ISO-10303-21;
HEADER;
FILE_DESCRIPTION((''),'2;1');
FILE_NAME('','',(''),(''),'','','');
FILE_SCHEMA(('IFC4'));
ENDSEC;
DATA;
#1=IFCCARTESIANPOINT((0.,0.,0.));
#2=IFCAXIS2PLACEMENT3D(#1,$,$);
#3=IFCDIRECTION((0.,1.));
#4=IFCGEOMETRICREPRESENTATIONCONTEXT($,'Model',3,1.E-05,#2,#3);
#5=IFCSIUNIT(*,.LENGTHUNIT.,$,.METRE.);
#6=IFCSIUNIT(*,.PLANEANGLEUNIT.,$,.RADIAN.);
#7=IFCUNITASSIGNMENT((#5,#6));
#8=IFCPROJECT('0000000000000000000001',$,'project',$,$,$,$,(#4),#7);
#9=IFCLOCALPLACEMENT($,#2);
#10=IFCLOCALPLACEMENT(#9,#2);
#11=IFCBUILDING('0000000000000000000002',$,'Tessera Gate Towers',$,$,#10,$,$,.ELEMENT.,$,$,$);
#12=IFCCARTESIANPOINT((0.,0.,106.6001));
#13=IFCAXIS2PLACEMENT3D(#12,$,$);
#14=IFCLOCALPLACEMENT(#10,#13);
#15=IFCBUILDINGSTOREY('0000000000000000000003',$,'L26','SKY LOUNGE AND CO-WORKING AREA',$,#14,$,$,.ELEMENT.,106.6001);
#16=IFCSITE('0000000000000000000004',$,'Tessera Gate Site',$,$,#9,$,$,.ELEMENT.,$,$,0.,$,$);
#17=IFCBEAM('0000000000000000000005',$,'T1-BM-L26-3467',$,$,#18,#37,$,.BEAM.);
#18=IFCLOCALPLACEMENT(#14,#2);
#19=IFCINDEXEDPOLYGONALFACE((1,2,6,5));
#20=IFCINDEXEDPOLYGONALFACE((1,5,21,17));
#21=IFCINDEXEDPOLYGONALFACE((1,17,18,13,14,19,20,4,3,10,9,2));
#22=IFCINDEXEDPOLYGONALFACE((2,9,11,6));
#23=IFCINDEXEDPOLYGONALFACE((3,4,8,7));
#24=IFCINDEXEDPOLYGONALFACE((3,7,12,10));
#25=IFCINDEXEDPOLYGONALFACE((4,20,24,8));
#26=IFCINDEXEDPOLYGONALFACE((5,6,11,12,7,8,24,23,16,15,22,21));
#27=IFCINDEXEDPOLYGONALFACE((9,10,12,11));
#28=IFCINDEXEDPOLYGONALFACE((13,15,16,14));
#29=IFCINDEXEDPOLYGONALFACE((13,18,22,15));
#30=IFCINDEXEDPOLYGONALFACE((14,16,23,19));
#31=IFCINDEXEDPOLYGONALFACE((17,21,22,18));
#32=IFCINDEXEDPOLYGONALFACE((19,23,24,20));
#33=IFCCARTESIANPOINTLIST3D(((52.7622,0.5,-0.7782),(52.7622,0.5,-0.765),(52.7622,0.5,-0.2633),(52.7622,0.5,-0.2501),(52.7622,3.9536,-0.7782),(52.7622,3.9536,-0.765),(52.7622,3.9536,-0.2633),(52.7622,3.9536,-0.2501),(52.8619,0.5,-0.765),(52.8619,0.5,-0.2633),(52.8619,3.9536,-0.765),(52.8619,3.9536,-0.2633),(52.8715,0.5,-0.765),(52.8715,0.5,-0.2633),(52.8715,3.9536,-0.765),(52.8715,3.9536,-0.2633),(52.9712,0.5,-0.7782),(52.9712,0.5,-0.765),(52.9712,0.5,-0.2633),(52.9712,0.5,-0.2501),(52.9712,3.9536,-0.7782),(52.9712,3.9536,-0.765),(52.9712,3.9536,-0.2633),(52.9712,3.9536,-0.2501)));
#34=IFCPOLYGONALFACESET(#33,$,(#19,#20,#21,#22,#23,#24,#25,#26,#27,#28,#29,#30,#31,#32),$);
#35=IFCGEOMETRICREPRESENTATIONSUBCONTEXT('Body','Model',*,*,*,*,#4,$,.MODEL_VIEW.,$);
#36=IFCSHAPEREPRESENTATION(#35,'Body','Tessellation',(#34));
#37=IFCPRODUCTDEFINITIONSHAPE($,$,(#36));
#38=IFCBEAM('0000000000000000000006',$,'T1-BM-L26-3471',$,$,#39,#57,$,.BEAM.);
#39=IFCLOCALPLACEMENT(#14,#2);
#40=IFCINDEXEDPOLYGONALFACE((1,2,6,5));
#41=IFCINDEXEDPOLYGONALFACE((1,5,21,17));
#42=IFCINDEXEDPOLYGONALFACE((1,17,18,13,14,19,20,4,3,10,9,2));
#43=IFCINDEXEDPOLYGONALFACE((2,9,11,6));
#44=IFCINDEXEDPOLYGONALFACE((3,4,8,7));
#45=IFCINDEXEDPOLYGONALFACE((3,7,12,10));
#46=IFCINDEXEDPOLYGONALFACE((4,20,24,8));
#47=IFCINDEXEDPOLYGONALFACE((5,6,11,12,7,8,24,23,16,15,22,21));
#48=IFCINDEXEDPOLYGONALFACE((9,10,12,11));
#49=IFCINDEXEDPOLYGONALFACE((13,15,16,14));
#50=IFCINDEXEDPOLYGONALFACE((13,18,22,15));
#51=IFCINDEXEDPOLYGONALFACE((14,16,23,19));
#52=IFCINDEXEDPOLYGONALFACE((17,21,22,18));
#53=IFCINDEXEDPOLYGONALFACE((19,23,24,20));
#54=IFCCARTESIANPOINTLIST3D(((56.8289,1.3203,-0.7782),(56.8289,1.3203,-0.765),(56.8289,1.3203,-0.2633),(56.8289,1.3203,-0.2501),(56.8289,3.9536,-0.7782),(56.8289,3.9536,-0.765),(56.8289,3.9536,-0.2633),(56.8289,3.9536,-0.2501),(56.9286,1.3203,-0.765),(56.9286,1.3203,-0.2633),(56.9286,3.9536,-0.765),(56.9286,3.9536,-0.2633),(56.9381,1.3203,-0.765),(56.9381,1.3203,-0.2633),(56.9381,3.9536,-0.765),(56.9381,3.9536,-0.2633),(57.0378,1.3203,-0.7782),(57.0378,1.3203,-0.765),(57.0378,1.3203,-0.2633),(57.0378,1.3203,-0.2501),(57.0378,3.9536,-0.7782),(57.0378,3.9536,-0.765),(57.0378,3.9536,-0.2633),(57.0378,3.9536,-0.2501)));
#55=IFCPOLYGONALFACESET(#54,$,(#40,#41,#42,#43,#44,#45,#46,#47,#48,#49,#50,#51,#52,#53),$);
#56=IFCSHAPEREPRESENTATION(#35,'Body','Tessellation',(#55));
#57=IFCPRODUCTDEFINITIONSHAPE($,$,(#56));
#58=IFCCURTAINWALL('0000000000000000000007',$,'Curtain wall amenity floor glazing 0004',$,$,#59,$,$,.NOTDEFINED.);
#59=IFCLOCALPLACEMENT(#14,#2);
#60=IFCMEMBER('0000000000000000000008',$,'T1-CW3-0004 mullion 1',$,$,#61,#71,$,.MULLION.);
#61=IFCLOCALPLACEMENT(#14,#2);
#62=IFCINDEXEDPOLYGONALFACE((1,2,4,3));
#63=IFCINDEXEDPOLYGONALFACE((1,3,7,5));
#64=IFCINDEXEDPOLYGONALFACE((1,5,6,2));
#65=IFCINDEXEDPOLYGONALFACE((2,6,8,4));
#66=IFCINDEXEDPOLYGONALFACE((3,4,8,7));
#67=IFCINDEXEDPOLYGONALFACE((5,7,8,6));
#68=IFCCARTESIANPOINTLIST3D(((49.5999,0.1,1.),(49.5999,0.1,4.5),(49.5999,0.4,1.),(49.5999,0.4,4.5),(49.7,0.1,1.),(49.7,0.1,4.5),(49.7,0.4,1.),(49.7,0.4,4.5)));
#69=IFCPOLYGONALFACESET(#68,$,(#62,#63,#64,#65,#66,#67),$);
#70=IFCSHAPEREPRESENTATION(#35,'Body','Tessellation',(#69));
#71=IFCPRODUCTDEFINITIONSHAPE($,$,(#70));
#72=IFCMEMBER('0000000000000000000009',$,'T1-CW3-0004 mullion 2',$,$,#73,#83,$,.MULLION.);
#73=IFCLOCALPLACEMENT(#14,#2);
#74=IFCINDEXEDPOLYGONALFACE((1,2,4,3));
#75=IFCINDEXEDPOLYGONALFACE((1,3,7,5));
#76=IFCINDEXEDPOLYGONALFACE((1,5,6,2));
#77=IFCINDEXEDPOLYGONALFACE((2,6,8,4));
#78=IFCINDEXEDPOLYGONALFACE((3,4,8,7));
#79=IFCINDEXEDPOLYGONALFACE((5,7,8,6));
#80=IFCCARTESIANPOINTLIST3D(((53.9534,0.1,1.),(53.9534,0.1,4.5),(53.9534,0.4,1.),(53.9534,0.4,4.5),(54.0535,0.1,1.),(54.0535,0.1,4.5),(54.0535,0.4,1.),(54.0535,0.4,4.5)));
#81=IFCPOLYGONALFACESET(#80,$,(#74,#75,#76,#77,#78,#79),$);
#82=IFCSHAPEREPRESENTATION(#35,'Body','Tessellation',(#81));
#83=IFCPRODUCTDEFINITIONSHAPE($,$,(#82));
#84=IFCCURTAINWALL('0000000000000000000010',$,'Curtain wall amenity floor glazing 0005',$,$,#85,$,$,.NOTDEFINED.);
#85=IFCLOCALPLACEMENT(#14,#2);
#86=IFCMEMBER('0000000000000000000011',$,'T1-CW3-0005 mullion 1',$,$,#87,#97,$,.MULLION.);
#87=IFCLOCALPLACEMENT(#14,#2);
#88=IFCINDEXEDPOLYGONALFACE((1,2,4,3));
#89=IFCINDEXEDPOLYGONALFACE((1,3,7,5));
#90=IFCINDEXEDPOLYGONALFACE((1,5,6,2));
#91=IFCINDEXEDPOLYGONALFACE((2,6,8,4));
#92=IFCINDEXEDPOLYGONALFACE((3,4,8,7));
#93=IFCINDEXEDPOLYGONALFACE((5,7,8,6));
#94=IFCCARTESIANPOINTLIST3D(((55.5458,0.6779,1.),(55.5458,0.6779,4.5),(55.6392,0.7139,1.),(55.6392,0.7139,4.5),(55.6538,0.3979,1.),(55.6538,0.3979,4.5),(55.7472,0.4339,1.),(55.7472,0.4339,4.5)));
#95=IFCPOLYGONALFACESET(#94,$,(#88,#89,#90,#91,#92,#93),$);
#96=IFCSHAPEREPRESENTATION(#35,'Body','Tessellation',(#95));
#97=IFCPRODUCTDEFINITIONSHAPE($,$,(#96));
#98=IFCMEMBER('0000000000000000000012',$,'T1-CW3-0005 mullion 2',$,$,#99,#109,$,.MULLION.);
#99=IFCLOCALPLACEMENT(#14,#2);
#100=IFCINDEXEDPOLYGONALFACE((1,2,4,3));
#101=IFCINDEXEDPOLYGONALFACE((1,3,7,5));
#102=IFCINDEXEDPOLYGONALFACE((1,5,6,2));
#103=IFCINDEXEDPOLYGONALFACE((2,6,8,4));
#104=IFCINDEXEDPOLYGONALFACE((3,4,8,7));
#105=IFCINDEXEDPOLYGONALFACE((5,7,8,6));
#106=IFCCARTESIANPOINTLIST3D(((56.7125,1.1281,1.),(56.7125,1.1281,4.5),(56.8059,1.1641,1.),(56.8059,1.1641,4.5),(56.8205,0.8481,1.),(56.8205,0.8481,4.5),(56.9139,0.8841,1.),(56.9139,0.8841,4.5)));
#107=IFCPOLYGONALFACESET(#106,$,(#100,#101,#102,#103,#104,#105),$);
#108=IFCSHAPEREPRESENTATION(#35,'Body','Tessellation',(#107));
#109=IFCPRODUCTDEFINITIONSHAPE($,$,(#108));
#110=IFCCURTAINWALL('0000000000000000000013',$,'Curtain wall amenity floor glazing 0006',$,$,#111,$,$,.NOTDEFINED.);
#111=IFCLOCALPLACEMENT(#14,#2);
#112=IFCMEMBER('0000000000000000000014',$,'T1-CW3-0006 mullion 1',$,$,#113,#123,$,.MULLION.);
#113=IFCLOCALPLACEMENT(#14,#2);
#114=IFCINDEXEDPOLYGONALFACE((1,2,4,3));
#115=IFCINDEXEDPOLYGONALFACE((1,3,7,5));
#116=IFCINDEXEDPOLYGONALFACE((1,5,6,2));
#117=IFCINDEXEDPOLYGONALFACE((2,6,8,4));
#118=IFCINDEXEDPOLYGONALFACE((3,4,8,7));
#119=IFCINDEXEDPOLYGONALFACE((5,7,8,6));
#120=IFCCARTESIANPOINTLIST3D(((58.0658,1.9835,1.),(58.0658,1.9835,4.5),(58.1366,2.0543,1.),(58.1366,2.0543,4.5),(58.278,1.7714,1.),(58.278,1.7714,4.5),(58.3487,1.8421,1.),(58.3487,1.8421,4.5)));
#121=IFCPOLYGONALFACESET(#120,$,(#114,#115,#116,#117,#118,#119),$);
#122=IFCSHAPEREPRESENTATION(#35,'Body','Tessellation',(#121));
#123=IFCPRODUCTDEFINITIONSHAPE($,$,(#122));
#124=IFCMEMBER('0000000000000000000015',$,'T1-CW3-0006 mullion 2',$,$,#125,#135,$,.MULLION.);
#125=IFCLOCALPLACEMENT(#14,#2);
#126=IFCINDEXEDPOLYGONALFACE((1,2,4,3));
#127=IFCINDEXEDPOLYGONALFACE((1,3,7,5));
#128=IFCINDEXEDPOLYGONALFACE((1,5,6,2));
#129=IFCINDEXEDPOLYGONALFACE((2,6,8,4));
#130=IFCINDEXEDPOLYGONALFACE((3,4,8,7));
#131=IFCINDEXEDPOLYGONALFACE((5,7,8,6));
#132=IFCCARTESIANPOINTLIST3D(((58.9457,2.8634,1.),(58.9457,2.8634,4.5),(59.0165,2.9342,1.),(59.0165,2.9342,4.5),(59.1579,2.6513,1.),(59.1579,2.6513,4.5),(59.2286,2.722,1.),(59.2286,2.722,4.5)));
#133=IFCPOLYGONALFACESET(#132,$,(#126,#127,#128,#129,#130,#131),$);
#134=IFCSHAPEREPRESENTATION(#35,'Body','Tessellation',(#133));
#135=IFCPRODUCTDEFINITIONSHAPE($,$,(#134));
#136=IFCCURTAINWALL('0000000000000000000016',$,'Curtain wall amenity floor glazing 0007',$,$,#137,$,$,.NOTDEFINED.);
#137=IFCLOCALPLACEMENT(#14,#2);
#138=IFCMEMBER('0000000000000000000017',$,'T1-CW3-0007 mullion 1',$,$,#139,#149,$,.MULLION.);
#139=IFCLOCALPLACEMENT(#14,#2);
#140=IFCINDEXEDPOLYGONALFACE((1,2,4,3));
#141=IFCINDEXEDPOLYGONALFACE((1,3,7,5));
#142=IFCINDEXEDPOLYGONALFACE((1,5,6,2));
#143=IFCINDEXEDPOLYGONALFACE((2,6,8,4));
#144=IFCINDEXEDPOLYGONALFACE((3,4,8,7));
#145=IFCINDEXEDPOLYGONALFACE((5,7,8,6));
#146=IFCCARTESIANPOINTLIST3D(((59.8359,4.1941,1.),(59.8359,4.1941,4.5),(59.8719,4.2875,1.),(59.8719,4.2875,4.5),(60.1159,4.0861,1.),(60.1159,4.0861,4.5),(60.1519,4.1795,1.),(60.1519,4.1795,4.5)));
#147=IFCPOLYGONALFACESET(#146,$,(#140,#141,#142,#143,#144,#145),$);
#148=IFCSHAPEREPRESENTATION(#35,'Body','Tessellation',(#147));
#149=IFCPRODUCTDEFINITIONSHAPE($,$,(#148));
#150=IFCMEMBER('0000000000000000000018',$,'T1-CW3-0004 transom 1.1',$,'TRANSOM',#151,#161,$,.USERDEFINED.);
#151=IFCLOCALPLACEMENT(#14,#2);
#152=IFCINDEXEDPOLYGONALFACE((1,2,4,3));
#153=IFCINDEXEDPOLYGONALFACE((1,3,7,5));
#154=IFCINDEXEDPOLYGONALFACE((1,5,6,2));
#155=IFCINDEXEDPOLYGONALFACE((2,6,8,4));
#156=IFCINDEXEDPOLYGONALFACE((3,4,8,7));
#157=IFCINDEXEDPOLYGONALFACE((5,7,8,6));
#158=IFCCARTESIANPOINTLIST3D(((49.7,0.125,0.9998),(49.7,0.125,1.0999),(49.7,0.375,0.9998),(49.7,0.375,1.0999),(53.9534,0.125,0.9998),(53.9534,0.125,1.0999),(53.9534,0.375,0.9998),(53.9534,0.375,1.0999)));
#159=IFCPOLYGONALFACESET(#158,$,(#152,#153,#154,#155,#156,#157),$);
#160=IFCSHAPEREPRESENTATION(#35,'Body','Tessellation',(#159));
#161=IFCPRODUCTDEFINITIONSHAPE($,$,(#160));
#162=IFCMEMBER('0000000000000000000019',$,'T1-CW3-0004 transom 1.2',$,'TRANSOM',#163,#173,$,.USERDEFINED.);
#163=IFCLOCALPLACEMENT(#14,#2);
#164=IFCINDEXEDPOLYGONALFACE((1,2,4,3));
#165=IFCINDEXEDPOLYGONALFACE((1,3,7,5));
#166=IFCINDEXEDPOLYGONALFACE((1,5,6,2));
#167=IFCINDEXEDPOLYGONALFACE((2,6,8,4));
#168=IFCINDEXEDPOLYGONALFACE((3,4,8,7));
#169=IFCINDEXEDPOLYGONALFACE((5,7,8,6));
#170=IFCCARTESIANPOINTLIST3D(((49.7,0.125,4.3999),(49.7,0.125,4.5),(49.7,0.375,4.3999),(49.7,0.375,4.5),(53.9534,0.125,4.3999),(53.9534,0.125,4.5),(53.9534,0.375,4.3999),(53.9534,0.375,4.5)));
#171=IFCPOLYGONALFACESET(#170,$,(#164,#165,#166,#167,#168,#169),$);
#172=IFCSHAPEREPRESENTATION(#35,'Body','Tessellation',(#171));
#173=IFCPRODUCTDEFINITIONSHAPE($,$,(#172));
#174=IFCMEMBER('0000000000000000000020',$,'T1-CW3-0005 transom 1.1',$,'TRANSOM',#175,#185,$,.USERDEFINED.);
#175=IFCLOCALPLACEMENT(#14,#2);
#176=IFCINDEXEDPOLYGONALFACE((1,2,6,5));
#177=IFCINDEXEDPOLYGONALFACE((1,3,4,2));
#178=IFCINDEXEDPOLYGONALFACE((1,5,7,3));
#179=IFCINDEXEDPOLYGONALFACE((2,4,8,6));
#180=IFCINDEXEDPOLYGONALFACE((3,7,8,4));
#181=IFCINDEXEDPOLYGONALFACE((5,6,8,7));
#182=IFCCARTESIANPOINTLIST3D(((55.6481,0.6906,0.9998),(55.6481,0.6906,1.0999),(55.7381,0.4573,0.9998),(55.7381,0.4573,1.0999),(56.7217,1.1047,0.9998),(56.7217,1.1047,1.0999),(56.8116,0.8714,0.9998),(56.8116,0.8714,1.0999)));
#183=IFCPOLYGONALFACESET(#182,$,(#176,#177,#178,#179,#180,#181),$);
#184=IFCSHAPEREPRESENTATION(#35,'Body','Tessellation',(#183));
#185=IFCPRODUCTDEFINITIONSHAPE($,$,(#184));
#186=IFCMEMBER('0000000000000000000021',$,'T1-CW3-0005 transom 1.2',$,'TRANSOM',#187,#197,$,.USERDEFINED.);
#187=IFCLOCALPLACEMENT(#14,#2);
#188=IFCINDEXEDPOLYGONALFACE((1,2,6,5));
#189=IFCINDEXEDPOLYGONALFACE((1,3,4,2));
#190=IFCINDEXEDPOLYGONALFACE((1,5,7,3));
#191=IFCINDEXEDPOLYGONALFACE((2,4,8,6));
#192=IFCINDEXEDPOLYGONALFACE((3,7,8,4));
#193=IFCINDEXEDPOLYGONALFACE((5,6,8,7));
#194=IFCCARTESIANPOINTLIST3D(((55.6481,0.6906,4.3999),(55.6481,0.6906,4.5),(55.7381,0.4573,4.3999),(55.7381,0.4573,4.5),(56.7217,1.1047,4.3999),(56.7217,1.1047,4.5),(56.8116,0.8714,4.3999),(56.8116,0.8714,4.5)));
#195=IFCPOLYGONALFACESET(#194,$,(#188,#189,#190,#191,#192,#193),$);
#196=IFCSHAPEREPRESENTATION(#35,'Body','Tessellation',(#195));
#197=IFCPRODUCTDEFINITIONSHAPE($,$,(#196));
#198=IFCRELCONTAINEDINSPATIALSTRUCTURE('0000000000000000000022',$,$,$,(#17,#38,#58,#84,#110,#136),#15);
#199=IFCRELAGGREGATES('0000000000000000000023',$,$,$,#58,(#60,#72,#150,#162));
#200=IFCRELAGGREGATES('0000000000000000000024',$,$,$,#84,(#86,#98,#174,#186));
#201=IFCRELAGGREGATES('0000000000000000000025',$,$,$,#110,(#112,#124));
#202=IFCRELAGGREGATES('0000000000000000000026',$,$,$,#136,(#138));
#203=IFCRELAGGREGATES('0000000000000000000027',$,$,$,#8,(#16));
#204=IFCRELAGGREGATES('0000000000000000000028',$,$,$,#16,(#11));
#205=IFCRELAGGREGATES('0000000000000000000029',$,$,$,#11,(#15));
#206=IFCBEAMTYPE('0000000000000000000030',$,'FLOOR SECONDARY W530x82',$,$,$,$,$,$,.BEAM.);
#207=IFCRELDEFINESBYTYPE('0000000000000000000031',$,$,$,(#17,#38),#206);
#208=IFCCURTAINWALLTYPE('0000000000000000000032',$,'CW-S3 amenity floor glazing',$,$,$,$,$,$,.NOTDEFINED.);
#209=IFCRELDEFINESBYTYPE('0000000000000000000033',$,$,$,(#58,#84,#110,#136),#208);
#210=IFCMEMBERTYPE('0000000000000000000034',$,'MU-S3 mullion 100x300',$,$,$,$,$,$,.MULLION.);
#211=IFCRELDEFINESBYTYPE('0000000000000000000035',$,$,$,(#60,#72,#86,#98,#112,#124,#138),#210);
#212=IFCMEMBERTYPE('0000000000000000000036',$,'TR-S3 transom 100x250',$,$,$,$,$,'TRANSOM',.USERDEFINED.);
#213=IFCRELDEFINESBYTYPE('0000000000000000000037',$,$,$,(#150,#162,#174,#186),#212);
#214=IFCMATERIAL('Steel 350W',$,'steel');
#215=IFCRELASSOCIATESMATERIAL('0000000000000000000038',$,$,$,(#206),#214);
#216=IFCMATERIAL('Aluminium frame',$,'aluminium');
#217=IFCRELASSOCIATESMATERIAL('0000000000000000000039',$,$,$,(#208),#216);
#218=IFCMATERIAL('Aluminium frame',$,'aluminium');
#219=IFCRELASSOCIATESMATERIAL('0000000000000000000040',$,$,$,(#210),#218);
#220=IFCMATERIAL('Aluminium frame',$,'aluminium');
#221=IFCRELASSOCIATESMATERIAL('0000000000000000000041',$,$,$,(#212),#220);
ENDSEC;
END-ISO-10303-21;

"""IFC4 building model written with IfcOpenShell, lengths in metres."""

from ifc_helpers import new_model, si_unit, direction, frame, origin, origin_2d, place, context, subcontext, project, spatial, rectangle, i_section, extrude, material, material_profile, profile_set, type_object, element, aggregate, save


model = new_model("IFC4")

# Units and contexts
model_context = context("Model", 3, precision=1e-05, world=origin(), true_north=direction((0.0, 1.0)))
body_context = subcontext(model_context, "Body", "Model", "MODEL_VIEW")
ifc_project = project(units=[si_unit("LENGTHUNIT", "METRE"), si_unit("PLANEANGLEUNIT", "RADIAN")], contexts=[model_context])

# Site, building, storey
site_placement = place(None, origin())
site = spatial("IfcSite", under=ifc_project, at=site_placement, Name="Tessera Gate Site", CompositionType="ELEMENT", RefElevation=0.0)
building_placement = place(site_placement, origin())
building = spatial("IfcBuilding", under=site, at=building_placement, Name="Tessera Gate Towers", CompositionType="ELEMENT")
storey_placement = place(building_placement, frame((0.0, 0.0, 106.6001)))
storey = spatial("IfcBuildingStorey", under=building, at=storey_placement, Name="L26", Description="SKY LOUNGE AND CO-WORKING AREA", CompositionType="ELEMENT", Elevation=106.6001)

# Beams
ifc_material_1 = material(Name="Steel 350W", Category="steel")
ifc_material_profile_1 = material_profile(ifc_material_1, i_section(OverallWidth=0.209, OverallDepth=0.5281, WebThickness=0.0095, FlangeThickness=0.0132, at=origin_2d()), Name="W530x82")
ifc_profile_set_1 = profile_set([ifc_material_profile_1], Name="Steel 350W")
beam_type = type_object("IfcBeamType", Name="FLOOR SECONDARY W530x82", PredefinedType="BEAM", material=ifc_profile_set_1)
beam_1_placement = place(storey_placement, frame((52.8667, 0.5, -0.5142), z_axis=(0.0, 1.0, 0.0), x_axis=(-1.0, 0.0, 0.0)))
element("IfcBeam", 1, at=beam_1_placement, inside=storey, type_object=beam_type, Name="T1-BM-L26-3467", PredefinedType="BEAM", context=body_context, shape_type="SweptSolid", body=[
    extrude(i_section(OverallWidth=0.209, OverallDepth=0.5281, WebThickness=0.0095, FlangeThickness=0.0132, at=origin_2d()), origin(), (0.0, 0.0, 1.0), 3.4536),
])
beam_2_placement = place(storey_placement, frame((56.9333, 1.3203, -0.5142), z_axis=(0.0, 1.0, 0.0), x_axis=(-1.0, 0.0, 0.0)))
element("IfcBeam", 2, at=beam_2_placement, inside=storey, type_object=beam_type, Name="T1-BM-L26-3471", PredefinedType="BEAM", context=body_context, shape_type="SweptSolid", body=[
    extrude(i_section(OverallWidth=0.209, OverallDepth=0.5281, WebThickness=0.0095, FlangeThickness=0.0132, at=origin_2d()), origin(), (0.0, 0.0, 1.0), 2.6333),
])

# Curtain walls, members
ifc_material_2 = material(Name="Aluminium frame", Category="aluminium")
curtain_wall_type = type_object("IfcCurtainWallType", Name="CW-S3 amenity floor glazing", PredefinedType="NOTDEFINED", material=ifc_material_2)
curtain_wall_1_placement = place(storey_placement, origin())
curtain_wall_1 = element("IfcCurtainWall", 3, at=curtain_wall_1_placement, inside=storey, type_object=curtain_wall_type, Name="Curtain wall amenity floor glazing 0004", PredefinedType="NOTDEFINED")
ifc_material_3 = material(Name="Aluminium frame", Category="aluminium")
ifc_material_profile_2 = material_profile(ifc_material_3, rectangle(XDim=0.1001, YDim=0.3, at=origin_2d()), Name="AL 100x300")
ifc_profile_set_2 = profile_set([ifc_material_profile_2], Name="Aluminium frame")
member_type_1 = type_object("IfcMemberType", Name="MU-S3 mullion 100x300", PredefinedType="MULLION", material=ifc_profile_set_2)
member_1_placement = place(storey_placement, frame((49.6499, 0.25, 1.0), z_axis=(0.0, 0.0, 1.0), x_axis=(1.0, 0.0, 0.0)))
member_1 = element("IfcMember", 4, at=member_1_placement, type_object=member_type_1, Name="T1-CW3-0004 mullion 1", PredefinedType="MULLION", context=body_context, shape_type="SweptSolid", body=[
    extrude(rectangle(XDim=0.1001, YDim=0.3, at=origin_2d()), origin(), (0.0, 0.0, 1.0), 3.5),
])
member_2_placement = place(storey_placement, frame((54.0034, 0.25, 1.0), z_axis=(0.0, 0.0, 1.0), x_axis=(1.0, 0.0, 0.0)))
member_2 = element("IfcMember", 5, at=member_2_placement, type_object=member_type_1, Name="T1-CW3-0004 mullion 2", PredefinedType="MULLION", context=body_context, shape_type="SweptSolid", body=[
    extrude(rectangle(XDim=0.1001, YDim=0.3, at=origin_2d()), origin(), (0.0, 0.0, 1.0), 3.5),
])
curtain_wall_2_placement = place(storey_placement, origin())
curtain_wall_2 = element("IfcCurtainWall", 6, at=curtain_wall_2_placement, inside=storey, type_object=curtain_wall_type, Name="Curtain wall amenity floor glazing 0005", PredefinedType="NOTDEFINED")
member_3_placement = place(storey_placement, frame((55.6465, 0.5559, 1.0), z_axis=(0.0, 0.0, 1.0), x_axis=(0.932989, 0.359904, 0.0)))
member_3 = element("IfcMember", 7, at=member_3_placement, type_object=member_type_1, Name="T1-CW3-0005 mullion 1", PredefinedType="MULLION", context=body_context, shape_type="SweptSolid", body=[
    extrude(rectangle(XDim=0.1001, YDim=0.3, at=origin_2d()), origin(), (0.0, 0.0, 1.0), 3.5),
])
member_4_placement = place(storey_placement, frame((56.8132, 1.0061, 1.0), z_axis=(0.0, 0.0, 1.0), x_axis=(0.932989, 0.359904, 0.0)))
member_4 = element("IfcMember", 8, at=member_4_placement, type_object=member_type_1, Name="T1-CW3-0005 mullion 2", PredefinedType="MULLION", context=body_context, shape_type="SweptSolid", body=[
    extrude(rectangle(XDim=0.1001, YDim=0.3, at=origin_2d()), origin(), (0.0, 0.0, 1.0), 3.5),
])
curtain_wall_3_placement = place(storey_placement, origin())
curtain_wall_3 = element("IfcCurtainWall", 9, at=curtain_wall_3_placement, inside=storey, type_object=curtain_wall_type, Name="Curtain wall amenity floor glazing 0006", PredefinedType="NOTDEFINED")
member_5_placement = place(storey_placement, frame((58.2073, 1.9128, 1.0), z_axis=(0.0, 0.0, 1.0), x_axis=(0.707107, 0.707107, 0.0)))
member_5 = element("IfcMember", 10, at=member_5_placement, type_object=member_type_1, Name="T1-CW3-0006 mullion 1", PredefinedType="MULLION", context=body_context, shape_type="SweptSolid", body=[
    extrude(rectangle(XDim=0.1001, YDim=0.3, at=origin_2d()), origin(), (0.0, 0.0, 1.0), 3.5),
])
member_6_placement = place(storey_placement, frame((59.0872, 2.7927, 1.0), z_axis=(0.0, 0.0, 1.0), x_axis=(0.707107, 0.707107, 0.0)))
member_6 = element("IfcMember", 11, at=member_6_placement, type_object=member_type_1, Name="T1-CW3-0006 mullion 2", PredefinedType="MULLION", context=body_context, shape_type="SweptSolid", body=[
    extrude(rectangle(XDim=0.1001, YDim=0.3, at=origin_2d()), origin(), (0.0, 0.0, 1.0), 3.5),
])

# Curtain wall, member
curtain_wall_4_placement = place(storey_placement, origin())
curtain_wall_4 = element("IfcCurtainWall", 12, at=curtain_wall_4_placement, inside=storey, type_object=curtain_wall_type, Name="Curtain wall amenity floor glazing 0007", PredefinedType="NOTDEFINED")
member_7_placement = place(storey_placement, frame((59.9939, 4.1868, 1.0), z_axis=(0.0, 0.0, 1.0), x_axis=(0.359904, 0.932989, 0.0)))
member_7 = element("IfcMember", 13, at=member_7_placement, type_object=member_type_1, Name="T1-CW3-0007 mullion 1", PredefinedType="MULLION", context=body_context, shape_type="SweptSolid", body=[
    extrude(rectangle(XDim=0.1001, YDim=0.3, at=origin_2d()), origin(), (0.0, 0.0, 1.0), 3.5),
])

# Members
ifc_material_4 = material(Name="Aluminium frame", Category="aluminium")
ifc_material_profile_3 = material_profile(ifc_material_4, rectangle(XDim=0.25, YDim=0.1001, at=origin_2d()), Name="AL 100x250")
ifc_profile_set_3 = profile_set([ifc_material_profile_3], Name="Aluminium frame")
member_type_2 = type_object("IfcMemberType", Name="TR-S3 transom 100x250", ElementType="TRANSOM", PredefinedType="USERDEFINED", material=ifc_profile_set_3)
member_8_placement = place(storey_placement, frame((49.7, 0.25, 1.0498), z_axis=(1.0, 0.0, 0.0), x_axis=(0.0, 1.0, 0.0)))
member_8 = element("IfcMember", 14, at=member_8_placement, type_object=member_type_2, Name="T1-CW3-0004 transom 1.1", ObjectType="TRANSOM", PredefinedType="USERDEFINED", context=body_context, shape_type="SweptSolid", body=[
    extrude(rectangle(XDim=0.25, YDim=0.1001, at=origin_2d()), origin(), (0.0, 0.0, 1.0), 4.2534),
])
member_9_placement = place(storey_placement, frame((49.7, 0.25, 4.45), z_axis=(1.0, 0.0, 0.0), x_axis=(0.0, 1.0, 0.0)))
member_9 = element("IfcMember", 15, at=member_9_placement, type_object=member_type_2, Name="T1-CW3-0004 transom 1.2", ObjectType="TRANSOM", PredefinedType="USERDEFINED", context=body_context, shape_type="SweptSolid", body=[
    extrude(rectangle(XDim=0.25, YDim=0.1001, at=origin_2d()), origin(), (0.0, 0.0, 1.0), 4.2534),
])
member_10_placement = place(storey_placement, frame((55.6931, 0.574, 1.0498), z_axis=(0.933001, 0.359875, 0.0), x_axis=(-0.359875, 0.933001, 0.0)))
member_10 = element("IfcMember", 16, at=member_10_placement, type_object=member_type_2, Name="T1-CW3-0005 transom 1.1", ObjectType="TRANSOM", PredefinedType="USERDEFINED", context=body_context, shape_type="SweptSolid", body=[
    extrude(rectangle(XDim=0.25, YDim=0.1001, at=origin_2d()), origin(), (0.0, 0.0, 1.0), 1.1506),
])
member_11_placement = place(storey_placement, frame((55.6931, 0.574, 4.45), z_axis=(0.933001, 0.359875, 0.0), x_axis=(-0.359875, 0.933001, 0.0)))
member_11 = element("IfcMember", 17, at=member_11_placement, type_object=member_type_2, Name="T1-CW3-0005 transom 1.2", ObjectType="TRANSOM", PredefinedType="USERDEFINED", context=body_context, shape_type="SweptSolid", body=[
    extrude(rectangle(XDim=0.25, YDim=0.1001, at=origin_2d()), origin(), (0.0, 0.0, 1.0), 1.1506),
])

aggregate(curtain_wall_1, [member_1, member_2, member_8, member_9])
aggregate(curtain_wall_2, [member_3, member_4, member_10, member_11])
aggregate(curtain_wall_3, [member_5, member_6])
aggregate(curtain_wall_4, [member_7])

save(model, "model.ifc")
